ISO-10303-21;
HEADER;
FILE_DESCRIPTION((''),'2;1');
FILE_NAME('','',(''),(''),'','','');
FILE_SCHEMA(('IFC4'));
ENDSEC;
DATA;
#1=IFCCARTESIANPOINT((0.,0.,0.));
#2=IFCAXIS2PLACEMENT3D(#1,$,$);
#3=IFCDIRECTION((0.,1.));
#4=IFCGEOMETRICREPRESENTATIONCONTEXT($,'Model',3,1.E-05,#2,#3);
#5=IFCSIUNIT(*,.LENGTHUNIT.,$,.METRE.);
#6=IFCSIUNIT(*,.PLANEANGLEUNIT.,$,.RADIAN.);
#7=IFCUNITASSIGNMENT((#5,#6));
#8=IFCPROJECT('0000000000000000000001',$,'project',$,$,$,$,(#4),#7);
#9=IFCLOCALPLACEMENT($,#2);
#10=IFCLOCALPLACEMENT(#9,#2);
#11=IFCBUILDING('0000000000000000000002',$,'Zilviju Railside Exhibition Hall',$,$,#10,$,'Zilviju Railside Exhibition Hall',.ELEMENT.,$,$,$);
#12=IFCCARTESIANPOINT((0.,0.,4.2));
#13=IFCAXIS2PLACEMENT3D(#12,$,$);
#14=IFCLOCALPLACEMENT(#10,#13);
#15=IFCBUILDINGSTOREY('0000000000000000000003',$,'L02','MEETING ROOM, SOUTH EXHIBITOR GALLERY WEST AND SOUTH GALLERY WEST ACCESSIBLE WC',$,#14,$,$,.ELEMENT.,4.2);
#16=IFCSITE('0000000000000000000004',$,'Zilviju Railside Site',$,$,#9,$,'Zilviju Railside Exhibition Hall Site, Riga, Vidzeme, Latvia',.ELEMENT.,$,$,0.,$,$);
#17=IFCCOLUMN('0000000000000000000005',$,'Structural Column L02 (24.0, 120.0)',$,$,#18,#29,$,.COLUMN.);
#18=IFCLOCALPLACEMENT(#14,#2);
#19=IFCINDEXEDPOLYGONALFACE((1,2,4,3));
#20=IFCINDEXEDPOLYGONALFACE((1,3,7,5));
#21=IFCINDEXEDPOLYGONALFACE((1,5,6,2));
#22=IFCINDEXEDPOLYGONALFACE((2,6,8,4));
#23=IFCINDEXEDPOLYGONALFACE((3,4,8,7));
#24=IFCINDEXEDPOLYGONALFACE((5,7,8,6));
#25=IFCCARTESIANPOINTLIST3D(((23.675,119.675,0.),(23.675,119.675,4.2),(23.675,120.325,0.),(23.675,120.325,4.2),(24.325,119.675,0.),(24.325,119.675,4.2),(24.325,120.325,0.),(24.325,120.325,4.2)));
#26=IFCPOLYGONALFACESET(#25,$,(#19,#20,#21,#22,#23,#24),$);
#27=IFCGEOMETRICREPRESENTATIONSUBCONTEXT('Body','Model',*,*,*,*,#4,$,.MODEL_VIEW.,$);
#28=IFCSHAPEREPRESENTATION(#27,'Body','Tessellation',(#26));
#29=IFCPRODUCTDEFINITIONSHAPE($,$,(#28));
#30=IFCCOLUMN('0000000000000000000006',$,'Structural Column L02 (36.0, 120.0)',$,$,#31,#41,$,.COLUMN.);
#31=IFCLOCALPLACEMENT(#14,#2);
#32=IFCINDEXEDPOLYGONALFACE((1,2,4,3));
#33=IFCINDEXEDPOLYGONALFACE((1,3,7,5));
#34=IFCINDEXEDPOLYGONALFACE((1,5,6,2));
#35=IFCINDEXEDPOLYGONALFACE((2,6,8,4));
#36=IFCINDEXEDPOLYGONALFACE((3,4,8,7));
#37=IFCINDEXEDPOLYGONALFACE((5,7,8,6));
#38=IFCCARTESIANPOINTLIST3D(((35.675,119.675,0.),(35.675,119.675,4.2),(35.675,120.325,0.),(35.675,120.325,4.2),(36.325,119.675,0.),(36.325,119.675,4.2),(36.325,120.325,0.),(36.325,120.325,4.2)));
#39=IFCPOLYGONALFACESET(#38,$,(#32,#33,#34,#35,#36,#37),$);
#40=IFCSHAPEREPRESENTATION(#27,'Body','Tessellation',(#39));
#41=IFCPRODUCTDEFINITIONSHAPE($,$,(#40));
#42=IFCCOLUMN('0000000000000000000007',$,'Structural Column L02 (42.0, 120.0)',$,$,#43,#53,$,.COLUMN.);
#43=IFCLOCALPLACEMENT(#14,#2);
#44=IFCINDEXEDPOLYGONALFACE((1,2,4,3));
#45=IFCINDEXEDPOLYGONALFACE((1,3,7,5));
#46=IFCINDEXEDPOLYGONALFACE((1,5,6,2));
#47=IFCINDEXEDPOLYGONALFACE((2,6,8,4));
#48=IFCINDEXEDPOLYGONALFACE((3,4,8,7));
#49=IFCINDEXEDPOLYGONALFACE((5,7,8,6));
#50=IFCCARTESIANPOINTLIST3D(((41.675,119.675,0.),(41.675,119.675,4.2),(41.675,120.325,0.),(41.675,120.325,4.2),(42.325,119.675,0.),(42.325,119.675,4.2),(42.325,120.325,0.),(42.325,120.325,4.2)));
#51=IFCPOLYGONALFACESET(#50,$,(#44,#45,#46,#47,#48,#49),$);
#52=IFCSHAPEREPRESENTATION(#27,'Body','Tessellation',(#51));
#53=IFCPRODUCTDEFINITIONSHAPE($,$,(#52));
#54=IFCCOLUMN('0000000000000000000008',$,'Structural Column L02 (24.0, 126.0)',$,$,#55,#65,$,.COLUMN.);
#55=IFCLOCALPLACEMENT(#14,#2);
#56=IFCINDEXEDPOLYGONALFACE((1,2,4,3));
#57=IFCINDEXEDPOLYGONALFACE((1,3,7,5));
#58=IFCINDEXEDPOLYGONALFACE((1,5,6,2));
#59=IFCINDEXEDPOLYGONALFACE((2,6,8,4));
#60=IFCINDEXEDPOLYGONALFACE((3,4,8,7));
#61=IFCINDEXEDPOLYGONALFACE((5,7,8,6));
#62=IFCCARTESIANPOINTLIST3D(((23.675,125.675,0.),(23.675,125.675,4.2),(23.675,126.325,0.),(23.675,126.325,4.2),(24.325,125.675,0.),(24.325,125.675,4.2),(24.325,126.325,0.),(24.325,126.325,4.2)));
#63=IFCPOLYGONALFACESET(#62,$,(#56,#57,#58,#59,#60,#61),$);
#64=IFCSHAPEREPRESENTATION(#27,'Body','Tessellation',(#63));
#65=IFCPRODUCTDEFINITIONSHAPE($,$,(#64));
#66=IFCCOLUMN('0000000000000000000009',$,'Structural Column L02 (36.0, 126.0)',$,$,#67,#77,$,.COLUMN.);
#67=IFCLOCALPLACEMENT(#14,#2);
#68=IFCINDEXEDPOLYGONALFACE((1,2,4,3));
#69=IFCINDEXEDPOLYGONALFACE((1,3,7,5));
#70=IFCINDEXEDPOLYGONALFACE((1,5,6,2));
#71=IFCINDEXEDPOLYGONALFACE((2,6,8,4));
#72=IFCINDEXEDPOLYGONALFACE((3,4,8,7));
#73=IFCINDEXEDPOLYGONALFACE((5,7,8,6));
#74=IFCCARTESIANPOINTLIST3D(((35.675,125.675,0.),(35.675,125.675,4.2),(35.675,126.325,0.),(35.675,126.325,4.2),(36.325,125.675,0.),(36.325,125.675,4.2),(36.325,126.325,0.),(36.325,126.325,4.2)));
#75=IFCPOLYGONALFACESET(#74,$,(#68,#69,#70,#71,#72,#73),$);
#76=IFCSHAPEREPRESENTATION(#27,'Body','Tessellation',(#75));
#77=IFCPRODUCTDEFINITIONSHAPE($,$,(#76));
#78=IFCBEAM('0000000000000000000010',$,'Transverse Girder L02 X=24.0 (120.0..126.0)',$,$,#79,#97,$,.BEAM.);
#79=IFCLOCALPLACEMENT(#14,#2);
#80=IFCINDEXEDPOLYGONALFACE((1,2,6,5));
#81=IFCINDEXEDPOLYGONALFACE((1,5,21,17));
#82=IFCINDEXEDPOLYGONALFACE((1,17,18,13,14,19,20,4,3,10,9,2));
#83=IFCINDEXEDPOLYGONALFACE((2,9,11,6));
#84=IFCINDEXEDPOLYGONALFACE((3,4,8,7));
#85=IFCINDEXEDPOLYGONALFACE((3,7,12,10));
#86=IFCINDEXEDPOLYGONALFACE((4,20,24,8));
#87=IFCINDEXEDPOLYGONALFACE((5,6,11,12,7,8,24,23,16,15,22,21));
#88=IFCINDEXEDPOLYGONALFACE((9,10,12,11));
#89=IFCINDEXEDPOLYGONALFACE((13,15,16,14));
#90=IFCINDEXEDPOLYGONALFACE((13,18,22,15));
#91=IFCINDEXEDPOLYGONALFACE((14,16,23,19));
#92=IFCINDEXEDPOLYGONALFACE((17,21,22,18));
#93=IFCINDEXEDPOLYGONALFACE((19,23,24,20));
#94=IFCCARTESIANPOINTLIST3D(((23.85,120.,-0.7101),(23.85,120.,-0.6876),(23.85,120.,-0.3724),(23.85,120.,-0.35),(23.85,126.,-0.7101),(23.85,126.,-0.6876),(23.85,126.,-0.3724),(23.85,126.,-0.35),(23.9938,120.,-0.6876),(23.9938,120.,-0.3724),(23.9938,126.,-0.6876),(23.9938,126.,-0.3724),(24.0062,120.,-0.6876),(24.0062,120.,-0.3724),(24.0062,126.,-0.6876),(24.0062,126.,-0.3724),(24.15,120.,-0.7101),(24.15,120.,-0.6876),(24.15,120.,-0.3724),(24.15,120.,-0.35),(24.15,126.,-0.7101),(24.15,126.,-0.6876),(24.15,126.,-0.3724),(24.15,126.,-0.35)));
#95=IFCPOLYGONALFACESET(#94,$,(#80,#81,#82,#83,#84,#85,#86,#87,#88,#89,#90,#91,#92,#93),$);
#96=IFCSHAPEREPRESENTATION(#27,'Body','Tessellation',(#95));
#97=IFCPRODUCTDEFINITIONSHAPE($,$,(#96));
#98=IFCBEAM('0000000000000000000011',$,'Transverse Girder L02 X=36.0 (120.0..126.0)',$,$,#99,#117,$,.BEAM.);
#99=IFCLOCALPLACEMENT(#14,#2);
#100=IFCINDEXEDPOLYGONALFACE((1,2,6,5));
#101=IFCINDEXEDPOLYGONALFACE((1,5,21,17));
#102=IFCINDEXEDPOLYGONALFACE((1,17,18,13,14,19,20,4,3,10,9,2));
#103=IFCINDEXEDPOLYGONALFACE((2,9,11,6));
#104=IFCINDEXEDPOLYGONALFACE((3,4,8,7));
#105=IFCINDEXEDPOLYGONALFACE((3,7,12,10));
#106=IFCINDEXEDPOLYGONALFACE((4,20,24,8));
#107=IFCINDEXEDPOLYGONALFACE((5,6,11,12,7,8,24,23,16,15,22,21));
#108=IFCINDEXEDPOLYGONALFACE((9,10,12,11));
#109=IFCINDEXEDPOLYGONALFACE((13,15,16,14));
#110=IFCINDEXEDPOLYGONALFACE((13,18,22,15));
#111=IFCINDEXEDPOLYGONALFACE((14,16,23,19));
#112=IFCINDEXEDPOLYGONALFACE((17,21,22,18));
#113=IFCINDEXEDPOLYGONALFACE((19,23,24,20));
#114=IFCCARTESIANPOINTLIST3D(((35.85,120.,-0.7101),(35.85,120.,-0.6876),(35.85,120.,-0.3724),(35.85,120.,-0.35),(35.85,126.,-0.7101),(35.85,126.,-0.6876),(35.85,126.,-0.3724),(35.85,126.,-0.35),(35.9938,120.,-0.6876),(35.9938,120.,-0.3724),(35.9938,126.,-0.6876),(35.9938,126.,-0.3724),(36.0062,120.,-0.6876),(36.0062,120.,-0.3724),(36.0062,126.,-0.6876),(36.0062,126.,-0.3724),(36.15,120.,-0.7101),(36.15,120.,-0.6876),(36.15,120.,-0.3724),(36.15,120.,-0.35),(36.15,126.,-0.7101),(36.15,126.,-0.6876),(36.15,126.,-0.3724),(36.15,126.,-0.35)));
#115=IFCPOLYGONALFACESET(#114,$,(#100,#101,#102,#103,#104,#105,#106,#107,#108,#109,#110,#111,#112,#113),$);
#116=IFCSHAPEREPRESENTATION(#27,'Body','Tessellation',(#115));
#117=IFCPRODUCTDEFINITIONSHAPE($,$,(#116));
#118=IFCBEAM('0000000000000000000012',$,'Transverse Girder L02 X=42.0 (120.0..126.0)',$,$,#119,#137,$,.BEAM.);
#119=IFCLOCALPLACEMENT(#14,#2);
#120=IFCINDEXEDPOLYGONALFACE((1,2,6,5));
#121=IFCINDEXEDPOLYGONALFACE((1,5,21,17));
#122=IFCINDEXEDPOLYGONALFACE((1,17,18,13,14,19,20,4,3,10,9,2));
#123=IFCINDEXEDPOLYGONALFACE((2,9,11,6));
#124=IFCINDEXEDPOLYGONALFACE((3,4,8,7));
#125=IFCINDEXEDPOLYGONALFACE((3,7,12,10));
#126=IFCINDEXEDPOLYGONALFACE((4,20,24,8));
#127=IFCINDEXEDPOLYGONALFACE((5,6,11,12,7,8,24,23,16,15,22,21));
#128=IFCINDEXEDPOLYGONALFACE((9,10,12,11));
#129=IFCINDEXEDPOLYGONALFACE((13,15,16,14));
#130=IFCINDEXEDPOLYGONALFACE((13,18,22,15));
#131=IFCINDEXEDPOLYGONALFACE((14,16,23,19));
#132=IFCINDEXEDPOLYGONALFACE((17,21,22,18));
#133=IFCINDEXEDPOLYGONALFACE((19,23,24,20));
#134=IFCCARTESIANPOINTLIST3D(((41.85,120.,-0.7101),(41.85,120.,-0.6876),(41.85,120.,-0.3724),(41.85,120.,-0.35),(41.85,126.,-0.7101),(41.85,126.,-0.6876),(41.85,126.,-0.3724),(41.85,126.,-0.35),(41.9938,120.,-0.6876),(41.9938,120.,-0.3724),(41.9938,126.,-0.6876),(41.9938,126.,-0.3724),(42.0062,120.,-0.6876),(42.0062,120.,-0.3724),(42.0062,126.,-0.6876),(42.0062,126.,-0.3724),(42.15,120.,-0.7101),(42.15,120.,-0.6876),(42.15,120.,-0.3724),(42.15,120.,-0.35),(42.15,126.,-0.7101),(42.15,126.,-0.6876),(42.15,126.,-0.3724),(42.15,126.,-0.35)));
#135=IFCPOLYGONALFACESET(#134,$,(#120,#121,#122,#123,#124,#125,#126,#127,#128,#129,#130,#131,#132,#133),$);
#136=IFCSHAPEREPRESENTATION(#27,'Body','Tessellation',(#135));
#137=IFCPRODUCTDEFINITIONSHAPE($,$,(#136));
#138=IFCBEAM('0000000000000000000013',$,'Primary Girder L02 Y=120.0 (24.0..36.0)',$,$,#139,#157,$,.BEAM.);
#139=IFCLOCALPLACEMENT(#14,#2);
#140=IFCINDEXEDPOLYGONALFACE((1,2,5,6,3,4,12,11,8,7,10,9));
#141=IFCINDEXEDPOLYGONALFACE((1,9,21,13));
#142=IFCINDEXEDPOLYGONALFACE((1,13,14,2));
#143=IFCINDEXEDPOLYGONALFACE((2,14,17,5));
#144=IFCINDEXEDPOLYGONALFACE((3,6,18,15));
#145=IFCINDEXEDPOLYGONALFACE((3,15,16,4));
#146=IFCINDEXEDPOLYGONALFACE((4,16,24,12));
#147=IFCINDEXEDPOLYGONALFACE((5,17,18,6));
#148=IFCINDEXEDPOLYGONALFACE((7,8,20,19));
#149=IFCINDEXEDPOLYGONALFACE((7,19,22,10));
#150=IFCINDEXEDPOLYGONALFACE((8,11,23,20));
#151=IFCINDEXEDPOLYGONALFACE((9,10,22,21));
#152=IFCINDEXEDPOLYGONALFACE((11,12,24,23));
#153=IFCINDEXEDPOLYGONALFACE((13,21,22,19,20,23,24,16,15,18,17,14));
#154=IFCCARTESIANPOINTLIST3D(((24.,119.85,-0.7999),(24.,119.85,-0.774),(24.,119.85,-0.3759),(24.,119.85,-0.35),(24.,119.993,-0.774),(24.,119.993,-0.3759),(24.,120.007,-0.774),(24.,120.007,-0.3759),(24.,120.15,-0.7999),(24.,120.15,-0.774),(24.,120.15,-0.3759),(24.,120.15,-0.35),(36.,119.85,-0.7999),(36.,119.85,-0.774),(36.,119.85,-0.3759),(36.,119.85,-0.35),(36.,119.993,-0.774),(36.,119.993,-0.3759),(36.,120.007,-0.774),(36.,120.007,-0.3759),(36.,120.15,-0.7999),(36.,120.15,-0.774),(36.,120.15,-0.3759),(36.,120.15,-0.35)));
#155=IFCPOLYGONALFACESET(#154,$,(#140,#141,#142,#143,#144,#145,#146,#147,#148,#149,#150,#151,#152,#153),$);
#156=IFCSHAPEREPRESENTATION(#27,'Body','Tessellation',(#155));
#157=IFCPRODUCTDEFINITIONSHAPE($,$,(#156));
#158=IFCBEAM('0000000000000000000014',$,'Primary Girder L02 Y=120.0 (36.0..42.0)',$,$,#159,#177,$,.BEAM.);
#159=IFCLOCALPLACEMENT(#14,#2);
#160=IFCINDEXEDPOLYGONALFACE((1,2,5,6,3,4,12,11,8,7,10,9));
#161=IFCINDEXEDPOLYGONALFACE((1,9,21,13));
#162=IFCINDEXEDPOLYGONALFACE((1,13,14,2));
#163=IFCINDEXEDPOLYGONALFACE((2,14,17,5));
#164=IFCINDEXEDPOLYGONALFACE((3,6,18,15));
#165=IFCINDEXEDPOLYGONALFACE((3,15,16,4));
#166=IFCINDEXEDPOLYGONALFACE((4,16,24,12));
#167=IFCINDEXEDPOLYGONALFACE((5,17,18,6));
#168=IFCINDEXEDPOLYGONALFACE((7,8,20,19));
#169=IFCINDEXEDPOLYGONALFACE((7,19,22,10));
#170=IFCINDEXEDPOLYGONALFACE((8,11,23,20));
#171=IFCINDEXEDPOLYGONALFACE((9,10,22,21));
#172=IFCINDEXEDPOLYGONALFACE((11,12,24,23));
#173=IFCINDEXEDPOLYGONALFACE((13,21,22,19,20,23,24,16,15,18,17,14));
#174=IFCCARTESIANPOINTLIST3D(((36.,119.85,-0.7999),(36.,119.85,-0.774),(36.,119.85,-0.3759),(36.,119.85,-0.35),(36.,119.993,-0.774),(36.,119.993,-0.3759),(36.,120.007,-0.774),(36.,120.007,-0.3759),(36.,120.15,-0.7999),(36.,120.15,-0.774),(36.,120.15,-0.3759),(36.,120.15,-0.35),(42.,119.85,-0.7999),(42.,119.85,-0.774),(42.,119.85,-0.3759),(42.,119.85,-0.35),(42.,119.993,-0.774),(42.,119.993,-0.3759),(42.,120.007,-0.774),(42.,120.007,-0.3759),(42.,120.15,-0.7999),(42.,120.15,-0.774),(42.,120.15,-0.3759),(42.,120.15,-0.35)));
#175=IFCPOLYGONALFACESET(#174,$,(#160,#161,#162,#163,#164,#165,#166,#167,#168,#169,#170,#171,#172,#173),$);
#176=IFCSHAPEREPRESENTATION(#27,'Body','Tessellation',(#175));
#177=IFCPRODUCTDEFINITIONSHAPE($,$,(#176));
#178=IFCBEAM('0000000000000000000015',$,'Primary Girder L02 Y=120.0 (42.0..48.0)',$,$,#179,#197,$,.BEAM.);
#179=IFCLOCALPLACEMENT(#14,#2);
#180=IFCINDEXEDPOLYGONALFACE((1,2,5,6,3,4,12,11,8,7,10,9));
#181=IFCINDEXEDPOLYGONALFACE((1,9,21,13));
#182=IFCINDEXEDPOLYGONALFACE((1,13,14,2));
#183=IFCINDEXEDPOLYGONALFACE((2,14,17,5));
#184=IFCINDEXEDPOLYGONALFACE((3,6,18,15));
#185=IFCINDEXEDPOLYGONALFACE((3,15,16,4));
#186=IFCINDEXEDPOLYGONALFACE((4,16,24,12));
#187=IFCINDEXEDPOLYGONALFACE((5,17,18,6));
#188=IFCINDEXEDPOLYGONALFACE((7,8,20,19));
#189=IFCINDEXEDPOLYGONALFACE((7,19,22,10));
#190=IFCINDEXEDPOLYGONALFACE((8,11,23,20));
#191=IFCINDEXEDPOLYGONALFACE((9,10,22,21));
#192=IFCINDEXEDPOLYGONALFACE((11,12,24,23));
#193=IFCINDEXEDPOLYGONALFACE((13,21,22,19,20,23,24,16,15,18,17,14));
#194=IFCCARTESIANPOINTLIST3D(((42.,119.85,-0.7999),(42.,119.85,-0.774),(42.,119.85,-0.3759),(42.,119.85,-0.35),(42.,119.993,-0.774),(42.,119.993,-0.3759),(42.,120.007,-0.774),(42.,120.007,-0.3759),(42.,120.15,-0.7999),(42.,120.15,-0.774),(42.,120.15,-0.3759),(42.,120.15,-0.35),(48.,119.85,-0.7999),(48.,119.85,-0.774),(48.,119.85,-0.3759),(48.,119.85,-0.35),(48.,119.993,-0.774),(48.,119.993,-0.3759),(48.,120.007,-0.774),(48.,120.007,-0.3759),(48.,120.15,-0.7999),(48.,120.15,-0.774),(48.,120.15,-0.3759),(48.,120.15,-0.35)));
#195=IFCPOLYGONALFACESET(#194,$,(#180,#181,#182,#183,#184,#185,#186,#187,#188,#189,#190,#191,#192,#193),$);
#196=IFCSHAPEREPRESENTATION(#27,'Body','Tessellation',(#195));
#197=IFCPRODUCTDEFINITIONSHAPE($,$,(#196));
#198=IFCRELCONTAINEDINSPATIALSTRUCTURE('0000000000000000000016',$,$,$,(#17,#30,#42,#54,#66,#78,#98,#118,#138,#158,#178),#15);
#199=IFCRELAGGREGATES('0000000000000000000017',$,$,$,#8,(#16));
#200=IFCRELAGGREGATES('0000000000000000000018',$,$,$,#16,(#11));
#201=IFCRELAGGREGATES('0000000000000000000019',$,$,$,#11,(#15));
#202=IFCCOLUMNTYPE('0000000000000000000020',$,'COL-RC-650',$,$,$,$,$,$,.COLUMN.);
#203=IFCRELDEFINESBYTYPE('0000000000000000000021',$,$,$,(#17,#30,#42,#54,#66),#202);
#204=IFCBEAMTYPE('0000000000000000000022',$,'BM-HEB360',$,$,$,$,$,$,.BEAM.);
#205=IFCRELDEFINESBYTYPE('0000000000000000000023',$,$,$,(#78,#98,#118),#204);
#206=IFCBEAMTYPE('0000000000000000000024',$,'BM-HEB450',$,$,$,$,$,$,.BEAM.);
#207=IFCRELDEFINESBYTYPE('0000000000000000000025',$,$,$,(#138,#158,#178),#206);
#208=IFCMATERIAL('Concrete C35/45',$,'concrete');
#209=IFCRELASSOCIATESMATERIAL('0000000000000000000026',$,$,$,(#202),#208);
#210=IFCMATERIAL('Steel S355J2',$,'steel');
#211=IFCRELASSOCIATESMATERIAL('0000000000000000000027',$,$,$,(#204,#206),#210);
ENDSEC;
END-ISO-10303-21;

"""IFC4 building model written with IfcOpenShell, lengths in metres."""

from ifc_helpers import new_model, si_unit, direction, frame, origin, origin_2d, place, context, subcontext, project, spatial, rectangle, i_section, extrude, material, material_profile, profile_set, type_object, element, save


model = new_model("IFC4")

# Units and contexts
model_context = context("Model", 3, precision=1e-05, world=origin(), true_north=direction((0.0, 1.0)))
body_context = subcontext(model_context, "Body", "Model", "MODEL_VIEW")
ifc_project = project(units=[si_unit("LENGTHUNIT", "METRE"), si_unit("PLANEANGLEUNIT", "RADIAN")], contexts=[model_context])

# Site, building, storey
site_placement = place(None, origin())
site = spatial("IfcSite", under=ifc_project, at=site_placement, Name="Zilviju Railside Site", LongName="Zilviju Railside Exhibition Hall Site, Riga, Vidzeme, Latvia", CompositionType="ELEMENT", RefElevation=0.0)
building_placement = place(site_placement, origin())
building = spatial("IfcBuilding", under=site, at=building_placement, Name="Zilviju Railside Exhibition Hall", LongName="Zilviju Railside Exhibition Hall", CompositionType="ELEMENT")
storey_placement = place(building_placement, frame((0.0, 0.0, 4.2)))
storey = spatial("IfcBuildingStorey", under=building, at=storey_placement, Name="L02", Description="MEETING ROOM, SOUTH EXHIBITOR GALLERY WEST AND SOUTH GALLERY WEST ACCESSIBLE WC", CompositionType="ELEMENT", Elevation=4.2)

# Columns
ifc_material_1 = material(Name="Concrete C35/45", Category="concrete")
ifc_material_profile_1 = material_profile(ifc_material_1, rectangle(XDim=0.6499, YDim=0.6499, at=origin_2d()), Name="RC COL 650x650")
ifc_profile_set_1 = profile_set([ifc_material_profile_1], Name="Concrete C35/45")
column_type = type_object("IfcColumnType", Name="COL-RC-650", PredefinedType="COLUMN", material=ifc_profile_set_1)
for number, where, z_axis, x_axis, name in (
    (1, (24.0, 120.0, 0.0), (0.0, 0.0, 1.0), (1.0, 0.0, 0.0), "Structural Column L02 (24.0, 120.0)"),
    (2, (36.0, 120.0, 0.0), (0.0, 0.0, 1.0), (1.0, 0.0, 0.0), "Structural Column L02 (36.0, 120.0)"),
    (3, (42.0, 120.0, 0.0), (0.0, 0.0, 1.0), (1.0, 0.0, 0.0), "Structural Column L02 (42.0, 120.0)"),
    (4, (24.0, 126.0, 0.0), (0.0, 0.0, 1.0), (1.0, 0.0, 0.0), "Structural Column L02 (24.0, 126.0)"),
    (5, (36.0, 126.0, 0.0), (0.0, 0.0, 1.0), (1.0, 0.0, 0.0), "Structural Column L02 (36.0, 126.0)"),
):
    element("IfcColumn", number, at=place(storey_placement, frame(where, z_axis=z_axis, x_axis=x_axis)), inside=storey, type_object=column_type, Name=name, PredefinedType="COLUMN", context=body_context, shape_type="SweptSolid", body=[
        extrude(rectangle(XDim=0.6499, YDim=0.6499, at=origin_2d()), origin(), (0.0, 0.0, 1.0), 4.2),
    ])

# Beams
ifc_material_2 = material(Name="Steel S355J2", Category="steel")
ifc_material_profile_2 = material_profile(ifc_material_2, i_section(OverallWidth=0.3, OverallDepth=0.3601, WebThickness=0.0125, FlangeThickness=0.0225, at=origin_2d()), Name="HEB 360")
ifc_profile_set_2 = profile_set([ifc_material_profile_2], Name="Steel S355J2")
beam_type_1 = type_object("IfcBeamType", Name="BM-HEB360", PredefinedType="BEAM", material=ifc_profile_set_2)
for number, where, z_axis, x_axis, name in (
    (6, (24.0, 120.0, -0.53), (0.0, 1.0, 0.0), (-1.0, 0.0, 0.0), "Transverse Girder L02 X=24.0 (120.0..126.0)"),
    (7, (36.0, 120.0, -0.53), (0.0, 1.0, 0.0), (-1.0, 0.0, 0.0), "Transverse Girder L02 X=36.0 (120.0..126.0)"),
    (8, (42.0, 120.0, -0.53), (0.0, 1.0, 0.0), (-1.0, 0.0, 0.0), "Transverse Girder L02 X=42.0 (120.0..126.0)"),
):
    element("IfcBeam", number, at=place(storey_placement, frame(where, z_axis=z_axis, x_axis=x_axis)), inside=storey, type_object=beam_type_1, Name=name, PredefinedType="BEAM", context=body_context, shape_type="SweptSolid", body=[
        extrude(i_section(OverallWidth=0.3, OverallDepth=0.3601, WebThickness=0.0125, FlangeThickness=0.0225, at=origin_2d()), origin(), (0.0, 0.0, 1.0), 6.0),
    ])
ifc_material_profile_3 = material_profile(ifc_material_2, i_section(OverallWidth=0.3, OverallDepth=0.45, WebThickness=0.0139, FlangeThickness=0.0259, at=origin_2d()), Name="HEB 450")
ifc_profile_set_3 = profile_set([ifc_material_profile_3], Name="Steel S355J2")
beam_type_2 = type_object("IfcBeamType", Name="BM-HEB450", PredefinedType="BEAM", material=ifc_profile_set_3)
beam_placement = place(storey_placement, frame((24.0, 120.0, -0.575), z_axis=(1.0, 0.0, 0.0), x_axis=(0.0, 1.0, 0.0)))
element("IfcBeam", 9, at=beam_placement, inside=storey, type_object=beam_type_2, Name="Primary Girder L02 Y=120.0 (24.0..36.0)", PredefinedType="BEAM", context=body_context, shape_type="SweptSolid", body=[
    extrude(i_section(OverallWidth=0.3, OverallDepth=0.45, WebThickness=0.0139, FlangeThickness=0.0259, at=origin_2d()), origin(), (0.0, 0.0, 1.0), 12.0),
])
for number, where, z_axis, x_axis, name in (
    (10, (36.0, 120.0, -0.575), (1.0, 0.0, 0.0), (0.0, 1.0, 0.0), "Primary Girder L02 Y=120.0 (36.0..42.0)"),
    (11, (42.0, 120.0, -0.575), (1.0, 0.0, 0.0), (0.0, 1.0, 0.0), "Primary Girder L02 Y=120.0 (42.0..48.0)"),
):
    element("IfcBeam", number, at=place(storey_placement, frame(where, z_axis=z_axis, x_axis=x_axis)), inside=storey, type_object=beam_type_2, Name=name, PredefinedType="BEAM", context=body_context, shape_type="SweptSolid", body=[
        extrude(i_section(OverallWidth=0.3, OverallDepth=0.45, WebThickness=0.0139, FlangeThickness=0.0259, at=origin_2d()), origin(), (0.0, 0.0, 1.0), 6.0),
    ])

save(model, "model.ifc")
